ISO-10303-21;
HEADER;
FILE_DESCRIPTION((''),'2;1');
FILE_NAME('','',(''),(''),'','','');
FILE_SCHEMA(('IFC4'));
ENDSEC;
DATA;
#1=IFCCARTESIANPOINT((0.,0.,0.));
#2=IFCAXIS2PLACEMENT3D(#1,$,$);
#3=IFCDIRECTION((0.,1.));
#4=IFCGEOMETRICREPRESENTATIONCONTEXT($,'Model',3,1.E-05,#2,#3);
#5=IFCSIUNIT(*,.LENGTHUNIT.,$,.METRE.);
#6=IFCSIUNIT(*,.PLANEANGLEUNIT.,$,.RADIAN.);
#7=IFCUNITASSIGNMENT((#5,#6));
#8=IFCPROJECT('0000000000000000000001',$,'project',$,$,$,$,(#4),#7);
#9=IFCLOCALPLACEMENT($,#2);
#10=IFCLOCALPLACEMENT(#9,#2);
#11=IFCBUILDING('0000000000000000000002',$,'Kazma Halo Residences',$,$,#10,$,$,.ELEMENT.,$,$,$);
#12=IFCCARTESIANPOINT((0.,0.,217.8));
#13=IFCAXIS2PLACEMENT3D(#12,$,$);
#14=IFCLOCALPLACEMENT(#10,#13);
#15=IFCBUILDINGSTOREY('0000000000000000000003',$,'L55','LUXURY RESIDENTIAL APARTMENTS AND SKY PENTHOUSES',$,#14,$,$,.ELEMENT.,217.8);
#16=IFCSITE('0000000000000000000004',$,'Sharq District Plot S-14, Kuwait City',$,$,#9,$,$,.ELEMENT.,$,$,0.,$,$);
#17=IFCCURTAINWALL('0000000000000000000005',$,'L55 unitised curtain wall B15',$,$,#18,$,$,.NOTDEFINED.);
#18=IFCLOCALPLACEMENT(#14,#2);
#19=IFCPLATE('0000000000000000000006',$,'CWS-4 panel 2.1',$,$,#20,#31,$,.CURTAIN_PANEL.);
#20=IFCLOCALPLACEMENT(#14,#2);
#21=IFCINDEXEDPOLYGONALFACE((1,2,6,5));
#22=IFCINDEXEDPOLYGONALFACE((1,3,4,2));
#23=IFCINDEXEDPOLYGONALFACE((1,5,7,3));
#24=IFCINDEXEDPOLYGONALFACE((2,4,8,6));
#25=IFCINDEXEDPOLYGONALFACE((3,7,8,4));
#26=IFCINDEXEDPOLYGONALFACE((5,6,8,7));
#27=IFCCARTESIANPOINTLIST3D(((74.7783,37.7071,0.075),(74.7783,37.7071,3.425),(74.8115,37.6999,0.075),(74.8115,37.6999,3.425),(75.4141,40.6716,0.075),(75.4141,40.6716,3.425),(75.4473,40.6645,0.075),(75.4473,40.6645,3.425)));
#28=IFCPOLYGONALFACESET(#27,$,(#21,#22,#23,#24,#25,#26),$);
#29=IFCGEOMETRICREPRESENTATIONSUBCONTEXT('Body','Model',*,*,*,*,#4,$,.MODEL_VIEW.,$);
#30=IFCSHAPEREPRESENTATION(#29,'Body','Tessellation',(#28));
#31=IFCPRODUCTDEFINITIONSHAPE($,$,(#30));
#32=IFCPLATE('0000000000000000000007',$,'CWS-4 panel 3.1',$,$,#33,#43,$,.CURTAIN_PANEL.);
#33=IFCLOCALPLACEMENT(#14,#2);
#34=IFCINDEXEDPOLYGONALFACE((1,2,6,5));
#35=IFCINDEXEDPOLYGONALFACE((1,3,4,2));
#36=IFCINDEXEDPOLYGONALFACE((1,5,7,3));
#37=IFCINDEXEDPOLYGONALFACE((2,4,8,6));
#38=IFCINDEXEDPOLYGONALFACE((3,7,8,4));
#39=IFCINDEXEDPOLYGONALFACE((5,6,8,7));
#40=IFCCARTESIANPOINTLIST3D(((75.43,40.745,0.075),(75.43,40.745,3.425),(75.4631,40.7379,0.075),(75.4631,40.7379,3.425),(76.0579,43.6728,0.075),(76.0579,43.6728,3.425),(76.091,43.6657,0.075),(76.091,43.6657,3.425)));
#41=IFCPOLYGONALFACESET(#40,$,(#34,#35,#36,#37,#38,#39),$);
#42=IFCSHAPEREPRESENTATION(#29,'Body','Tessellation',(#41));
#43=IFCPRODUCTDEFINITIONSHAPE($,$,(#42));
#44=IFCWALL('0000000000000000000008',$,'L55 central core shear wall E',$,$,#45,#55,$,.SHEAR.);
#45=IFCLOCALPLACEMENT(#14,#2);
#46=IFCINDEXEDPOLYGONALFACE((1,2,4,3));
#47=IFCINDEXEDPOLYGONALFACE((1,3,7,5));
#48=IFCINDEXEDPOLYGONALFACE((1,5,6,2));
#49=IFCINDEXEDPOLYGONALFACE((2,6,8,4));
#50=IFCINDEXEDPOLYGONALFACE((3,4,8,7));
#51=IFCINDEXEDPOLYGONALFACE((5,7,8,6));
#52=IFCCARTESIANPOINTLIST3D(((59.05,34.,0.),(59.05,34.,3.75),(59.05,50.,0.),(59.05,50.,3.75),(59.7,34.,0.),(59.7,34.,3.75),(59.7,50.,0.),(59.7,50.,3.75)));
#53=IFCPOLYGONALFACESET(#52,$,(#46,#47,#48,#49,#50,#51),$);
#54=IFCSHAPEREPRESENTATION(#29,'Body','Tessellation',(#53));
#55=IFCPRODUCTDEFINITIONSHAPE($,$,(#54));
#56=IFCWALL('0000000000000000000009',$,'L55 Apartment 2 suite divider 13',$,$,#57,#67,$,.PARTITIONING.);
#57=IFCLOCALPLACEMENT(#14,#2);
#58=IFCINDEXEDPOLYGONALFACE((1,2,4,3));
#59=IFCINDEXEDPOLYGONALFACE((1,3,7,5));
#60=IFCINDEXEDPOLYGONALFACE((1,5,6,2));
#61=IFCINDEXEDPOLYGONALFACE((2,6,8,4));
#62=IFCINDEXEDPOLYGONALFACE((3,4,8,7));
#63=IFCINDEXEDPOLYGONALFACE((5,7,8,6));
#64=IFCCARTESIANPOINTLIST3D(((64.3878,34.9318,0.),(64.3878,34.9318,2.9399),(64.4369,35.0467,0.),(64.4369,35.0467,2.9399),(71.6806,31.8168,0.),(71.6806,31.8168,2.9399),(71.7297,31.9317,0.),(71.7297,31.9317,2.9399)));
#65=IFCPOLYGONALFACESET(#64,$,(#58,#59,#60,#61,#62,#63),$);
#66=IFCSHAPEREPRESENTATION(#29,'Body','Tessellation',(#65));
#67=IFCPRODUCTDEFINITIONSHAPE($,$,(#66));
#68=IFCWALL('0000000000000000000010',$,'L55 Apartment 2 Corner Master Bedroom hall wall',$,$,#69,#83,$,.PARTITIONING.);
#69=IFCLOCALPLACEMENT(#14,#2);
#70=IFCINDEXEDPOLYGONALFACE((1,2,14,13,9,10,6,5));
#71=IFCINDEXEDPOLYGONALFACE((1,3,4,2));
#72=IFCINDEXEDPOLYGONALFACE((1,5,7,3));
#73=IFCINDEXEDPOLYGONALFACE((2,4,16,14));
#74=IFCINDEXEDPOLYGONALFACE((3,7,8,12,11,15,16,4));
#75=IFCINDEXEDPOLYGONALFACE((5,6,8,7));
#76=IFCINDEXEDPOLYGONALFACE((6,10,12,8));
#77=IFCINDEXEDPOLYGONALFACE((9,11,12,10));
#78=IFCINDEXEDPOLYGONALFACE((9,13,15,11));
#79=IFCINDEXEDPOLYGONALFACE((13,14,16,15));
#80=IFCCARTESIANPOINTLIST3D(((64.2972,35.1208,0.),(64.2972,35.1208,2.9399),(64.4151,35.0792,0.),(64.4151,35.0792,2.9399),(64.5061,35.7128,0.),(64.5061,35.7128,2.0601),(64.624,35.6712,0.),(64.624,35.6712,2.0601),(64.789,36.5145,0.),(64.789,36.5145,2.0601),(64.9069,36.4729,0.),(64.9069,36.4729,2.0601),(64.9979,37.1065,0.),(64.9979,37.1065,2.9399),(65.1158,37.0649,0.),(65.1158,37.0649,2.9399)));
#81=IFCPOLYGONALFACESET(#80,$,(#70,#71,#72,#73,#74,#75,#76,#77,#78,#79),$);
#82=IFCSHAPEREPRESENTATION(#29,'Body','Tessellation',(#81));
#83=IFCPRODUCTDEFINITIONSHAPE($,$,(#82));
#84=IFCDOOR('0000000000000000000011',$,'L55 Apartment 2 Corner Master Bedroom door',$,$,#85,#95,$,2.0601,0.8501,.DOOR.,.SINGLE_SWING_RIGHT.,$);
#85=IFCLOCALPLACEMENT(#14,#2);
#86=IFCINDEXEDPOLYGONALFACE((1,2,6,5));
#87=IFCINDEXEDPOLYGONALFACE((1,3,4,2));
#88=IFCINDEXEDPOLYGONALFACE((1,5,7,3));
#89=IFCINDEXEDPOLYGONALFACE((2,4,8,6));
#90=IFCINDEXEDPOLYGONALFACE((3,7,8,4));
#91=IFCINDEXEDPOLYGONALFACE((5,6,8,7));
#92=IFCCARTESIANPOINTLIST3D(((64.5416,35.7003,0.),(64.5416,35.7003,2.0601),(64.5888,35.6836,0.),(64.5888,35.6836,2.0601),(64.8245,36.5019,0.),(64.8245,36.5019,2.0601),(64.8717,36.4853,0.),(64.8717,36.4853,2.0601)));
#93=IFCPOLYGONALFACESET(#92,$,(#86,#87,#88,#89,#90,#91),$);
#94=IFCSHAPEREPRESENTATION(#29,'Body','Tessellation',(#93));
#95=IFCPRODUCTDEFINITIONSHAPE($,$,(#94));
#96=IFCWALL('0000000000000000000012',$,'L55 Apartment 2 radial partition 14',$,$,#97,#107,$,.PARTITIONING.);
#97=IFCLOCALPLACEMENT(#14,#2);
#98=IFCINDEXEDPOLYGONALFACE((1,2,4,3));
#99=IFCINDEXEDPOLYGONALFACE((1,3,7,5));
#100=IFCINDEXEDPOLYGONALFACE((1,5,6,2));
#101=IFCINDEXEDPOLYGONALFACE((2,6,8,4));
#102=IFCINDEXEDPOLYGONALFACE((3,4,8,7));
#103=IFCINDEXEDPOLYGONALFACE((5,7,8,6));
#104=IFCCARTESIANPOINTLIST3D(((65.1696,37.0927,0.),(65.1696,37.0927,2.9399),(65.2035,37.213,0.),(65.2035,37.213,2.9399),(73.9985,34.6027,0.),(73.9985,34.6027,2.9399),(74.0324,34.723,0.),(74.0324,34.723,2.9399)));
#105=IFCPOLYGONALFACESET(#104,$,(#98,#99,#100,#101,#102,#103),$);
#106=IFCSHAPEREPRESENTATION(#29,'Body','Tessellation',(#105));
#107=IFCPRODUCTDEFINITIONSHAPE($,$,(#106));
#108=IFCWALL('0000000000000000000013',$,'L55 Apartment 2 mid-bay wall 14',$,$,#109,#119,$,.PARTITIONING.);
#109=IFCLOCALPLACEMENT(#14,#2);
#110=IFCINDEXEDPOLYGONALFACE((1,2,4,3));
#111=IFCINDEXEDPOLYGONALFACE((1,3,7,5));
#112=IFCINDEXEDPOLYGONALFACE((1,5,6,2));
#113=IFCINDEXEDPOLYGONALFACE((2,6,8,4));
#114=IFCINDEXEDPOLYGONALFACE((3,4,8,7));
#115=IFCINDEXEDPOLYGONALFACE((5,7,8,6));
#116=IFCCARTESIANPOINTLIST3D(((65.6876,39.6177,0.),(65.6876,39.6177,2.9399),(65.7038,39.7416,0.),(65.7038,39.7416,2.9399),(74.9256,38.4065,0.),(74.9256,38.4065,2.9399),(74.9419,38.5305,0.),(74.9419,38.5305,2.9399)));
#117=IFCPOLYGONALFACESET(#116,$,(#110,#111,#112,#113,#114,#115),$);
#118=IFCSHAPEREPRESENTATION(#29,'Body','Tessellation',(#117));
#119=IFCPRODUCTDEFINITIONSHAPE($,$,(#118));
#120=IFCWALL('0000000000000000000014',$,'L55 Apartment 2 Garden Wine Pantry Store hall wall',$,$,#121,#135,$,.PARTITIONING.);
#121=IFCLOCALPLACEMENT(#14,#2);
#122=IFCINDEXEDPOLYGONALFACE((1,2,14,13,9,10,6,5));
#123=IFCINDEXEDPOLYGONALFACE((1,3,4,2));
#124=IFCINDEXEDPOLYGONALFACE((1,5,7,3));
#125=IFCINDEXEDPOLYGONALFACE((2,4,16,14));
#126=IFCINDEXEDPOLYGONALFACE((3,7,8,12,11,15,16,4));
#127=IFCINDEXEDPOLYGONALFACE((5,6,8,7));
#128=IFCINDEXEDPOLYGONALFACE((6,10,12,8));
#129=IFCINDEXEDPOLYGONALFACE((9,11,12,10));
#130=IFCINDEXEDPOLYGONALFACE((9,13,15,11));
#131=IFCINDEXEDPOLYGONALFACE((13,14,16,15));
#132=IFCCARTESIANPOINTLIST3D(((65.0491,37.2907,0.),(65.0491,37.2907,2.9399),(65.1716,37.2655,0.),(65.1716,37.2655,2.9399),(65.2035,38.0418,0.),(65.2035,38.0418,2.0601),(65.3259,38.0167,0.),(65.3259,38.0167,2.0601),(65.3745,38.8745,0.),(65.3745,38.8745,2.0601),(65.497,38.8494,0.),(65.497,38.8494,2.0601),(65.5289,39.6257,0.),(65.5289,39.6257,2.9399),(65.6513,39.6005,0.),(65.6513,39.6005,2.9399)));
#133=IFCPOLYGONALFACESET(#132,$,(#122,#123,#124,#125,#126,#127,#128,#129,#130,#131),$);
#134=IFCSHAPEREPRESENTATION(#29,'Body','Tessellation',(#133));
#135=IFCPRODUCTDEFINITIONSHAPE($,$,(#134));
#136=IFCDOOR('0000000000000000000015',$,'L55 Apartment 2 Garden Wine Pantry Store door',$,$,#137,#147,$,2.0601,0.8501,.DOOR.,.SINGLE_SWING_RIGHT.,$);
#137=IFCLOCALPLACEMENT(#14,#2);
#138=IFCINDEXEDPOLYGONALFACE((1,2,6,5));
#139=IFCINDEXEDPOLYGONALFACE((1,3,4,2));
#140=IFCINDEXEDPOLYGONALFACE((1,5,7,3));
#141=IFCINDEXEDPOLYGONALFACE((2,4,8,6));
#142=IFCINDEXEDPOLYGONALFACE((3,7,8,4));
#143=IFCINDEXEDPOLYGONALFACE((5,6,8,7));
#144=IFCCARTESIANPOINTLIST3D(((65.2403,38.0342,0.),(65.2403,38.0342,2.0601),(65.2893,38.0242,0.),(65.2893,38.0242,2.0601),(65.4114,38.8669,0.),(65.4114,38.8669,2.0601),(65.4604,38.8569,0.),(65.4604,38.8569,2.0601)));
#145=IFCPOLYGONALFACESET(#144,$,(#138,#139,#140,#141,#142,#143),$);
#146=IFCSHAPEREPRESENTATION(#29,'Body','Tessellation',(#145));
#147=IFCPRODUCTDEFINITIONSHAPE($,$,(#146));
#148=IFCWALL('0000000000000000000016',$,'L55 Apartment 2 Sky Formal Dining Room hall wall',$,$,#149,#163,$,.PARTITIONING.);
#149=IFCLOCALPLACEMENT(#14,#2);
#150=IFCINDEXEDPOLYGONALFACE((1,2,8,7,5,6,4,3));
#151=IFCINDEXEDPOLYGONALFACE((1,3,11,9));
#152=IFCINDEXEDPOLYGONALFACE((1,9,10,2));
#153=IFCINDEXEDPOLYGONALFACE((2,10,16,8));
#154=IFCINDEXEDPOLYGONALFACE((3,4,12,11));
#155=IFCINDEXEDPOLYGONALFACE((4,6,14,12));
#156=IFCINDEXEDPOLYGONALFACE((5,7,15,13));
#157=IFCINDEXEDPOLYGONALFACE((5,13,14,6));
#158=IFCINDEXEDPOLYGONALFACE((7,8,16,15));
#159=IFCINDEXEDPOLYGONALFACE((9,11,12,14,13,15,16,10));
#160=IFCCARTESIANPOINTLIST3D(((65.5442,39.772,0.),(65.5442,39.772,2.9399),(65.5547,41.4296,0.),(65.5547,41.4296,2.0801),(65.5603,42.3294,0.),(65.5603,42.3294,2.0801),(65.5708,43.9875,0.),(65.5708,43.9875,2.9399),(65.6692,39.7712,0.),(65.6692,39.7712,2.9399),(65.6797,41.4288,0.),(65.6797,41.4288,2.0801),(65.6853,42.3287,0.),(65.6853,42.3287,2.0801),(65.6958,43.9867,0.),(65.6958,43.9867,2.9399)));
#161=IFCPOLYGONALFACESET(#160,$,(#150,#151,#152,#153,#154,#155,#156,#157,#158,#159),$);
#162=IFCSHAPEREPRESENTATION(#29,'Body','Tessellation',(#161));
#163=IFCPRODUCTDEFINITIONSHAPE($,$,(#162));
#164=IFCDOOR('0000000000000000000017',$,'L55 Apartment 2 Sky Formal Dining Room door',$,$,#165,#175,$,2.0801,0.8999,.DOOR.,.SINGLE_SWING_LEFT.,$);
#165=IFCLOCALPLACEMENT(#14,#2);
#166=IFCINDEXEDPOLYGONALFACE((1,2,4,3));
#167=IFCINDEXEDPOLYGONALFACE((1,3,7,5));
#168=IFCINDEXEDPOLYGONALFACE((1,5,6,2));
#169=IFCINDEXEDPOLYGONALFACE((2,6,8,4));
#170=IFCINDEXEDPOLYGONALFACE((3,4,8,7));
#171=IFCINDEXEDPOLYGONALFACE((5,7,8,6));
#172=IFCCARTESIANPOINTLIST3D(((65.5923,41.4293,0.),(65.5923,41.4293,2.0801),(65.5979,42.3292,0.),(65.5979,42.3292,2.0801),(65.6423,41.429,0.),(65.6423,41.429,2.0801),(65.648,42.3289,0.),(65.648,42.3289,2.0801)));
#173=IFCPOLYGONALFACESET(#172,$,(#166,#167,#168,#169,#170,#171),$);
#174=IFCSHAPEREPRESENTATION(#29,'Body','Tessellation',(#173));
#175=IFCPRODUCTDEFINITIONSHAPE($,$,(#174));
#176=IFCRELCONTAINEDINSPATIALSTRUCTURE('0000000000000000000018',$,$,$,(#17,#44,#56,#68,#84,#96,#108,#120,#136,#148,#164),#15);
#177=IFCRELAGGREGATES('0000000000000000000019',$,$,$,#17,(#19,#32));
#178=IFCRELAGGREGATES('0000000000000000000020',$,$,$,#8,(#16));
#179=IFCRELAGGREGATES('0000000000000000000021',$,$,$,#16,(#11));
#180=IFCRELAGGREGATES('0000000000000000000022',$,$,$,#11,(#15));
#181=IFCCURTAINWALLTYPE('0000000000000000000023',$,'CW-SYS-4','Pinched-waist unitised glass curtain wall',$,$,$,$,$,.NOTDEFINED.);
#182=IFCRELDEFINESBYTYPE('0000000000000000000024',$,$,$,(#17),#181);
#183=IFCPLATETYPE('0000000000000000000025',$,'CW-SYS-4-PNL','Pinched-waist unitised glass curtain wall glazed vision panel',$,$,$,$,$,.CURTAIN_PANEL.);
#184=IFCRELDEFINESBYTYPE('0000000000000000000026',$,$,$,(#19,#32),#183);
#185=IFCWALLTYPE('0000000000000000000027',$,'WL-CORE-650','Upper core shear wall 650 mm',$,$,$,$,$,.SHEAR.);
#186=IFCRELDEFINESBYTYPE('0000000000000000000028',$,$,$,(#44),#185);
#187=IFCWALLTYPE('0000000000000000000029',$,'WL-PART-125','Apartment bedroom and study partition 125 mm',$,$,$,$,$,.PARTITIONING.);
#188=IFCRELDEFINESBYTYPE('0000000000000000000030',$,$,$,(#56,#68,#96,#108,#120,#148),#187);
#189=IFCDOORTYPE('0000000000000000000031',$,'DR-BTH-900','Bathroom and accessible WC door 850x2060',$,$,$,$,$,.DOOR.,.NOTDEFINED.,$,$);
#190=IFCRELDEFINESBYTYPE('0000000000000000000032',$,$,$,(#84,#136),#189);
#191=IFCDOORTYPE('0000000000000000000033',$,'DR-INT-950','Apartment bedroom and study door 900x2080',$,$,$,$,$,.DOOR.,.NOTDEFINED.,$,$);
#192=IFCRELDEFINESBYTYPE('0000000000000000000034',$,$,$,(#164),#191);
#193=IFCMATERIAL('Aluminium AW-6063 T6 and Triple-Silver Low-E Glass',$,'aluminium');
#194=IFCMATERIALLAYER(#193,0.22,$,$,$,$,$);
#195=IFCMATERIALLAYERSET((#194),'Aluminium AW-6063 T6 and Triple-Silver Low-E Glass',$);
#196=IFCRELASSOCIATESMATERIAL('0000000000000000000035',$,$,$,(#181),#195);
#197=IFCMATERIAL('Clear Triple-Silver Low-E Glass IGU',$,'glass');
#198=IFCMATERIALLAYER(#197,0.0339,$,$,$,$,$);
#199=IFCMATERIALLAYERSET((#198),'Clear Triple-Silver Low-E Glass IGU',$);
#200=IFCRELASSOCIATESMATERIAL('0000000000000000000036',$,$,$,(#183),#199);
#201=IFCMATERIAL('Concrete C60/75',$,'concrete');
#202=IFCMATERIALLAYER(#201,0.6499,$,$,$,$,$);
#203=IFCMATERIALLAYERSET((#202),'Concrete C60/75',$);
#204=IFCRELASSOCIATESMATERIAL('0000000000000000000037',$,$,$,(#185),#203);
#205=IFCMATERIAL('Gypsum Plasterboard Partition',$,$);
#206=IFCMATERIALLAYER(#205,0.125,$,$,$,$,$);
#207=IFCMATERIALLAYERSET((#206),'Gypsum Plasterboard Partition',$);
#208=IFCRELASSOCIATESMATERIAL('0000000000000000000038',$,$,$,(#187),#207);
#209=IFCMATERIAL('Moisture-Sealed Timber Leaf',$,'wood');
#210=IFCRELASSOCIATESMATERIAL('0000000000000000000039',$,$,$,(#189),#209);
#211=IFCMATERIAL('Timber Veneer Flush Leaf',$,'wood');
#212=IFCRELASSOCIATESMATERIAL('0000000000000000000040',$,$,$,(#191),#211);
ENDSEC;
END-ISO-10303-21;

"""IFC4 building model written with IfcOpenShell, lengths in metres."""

from ifc_helpers import new_model, si_unit, direction, frame, frame_2d, origin, origin_2d, place, context, subcontext, project, spatial, rectangle, extrude, material, layer, layer_set, type_object, element, fill, aggregate, save


model = new_model("IFC4")

# Units and contexts
model_context = context("Model", 3, precision=1e-05, world=origin(), true_north=direction((0.0, 1.0)))
body_context = subcontext(model_context, "Body", "Model", "MODEL_VIEW")
ifc_project = project(units=[si_unit("LENGTHUNIT", "METRE"), si_unit("PLANEANGLEUNIT", "RADIAN")], contexts=[model_context])

# Site, building, storey
site_placement = place(None, origin())
site = spatial("IfcSite", under=ifc_project, at=site_placement, Name="Sharq District Plot S-14, Kuwait City", CompositionType="ELEMENT", RefElevation=0.0)
building_placement = place(site_placement, origin())
building = spatial("IfcBuilding", under=site, at=building_placement, Name="Kazma Halo Residences", CompositionType="ELEMENT")
storey_placement = place(building_placement, frame((0.0, 0.0, 217.8)))
storey = spatial("IfcBuildingStorey", under=building, at=storey_placement, Name="L55", Description="LUXURY RESIDENTIAL APARTMENTS AND SKY PENTHOUSES", CompositionType="ELEMENT", Elevation=217.8)

# Curtain wall, plates
ifc_material_1 = material(Name="Aluminium AW-6063 T6 and Triple-Silver Low-E Glass", Category="aluminium")
ifc_layer_1 = layer(ifc_material_1, 0.22)
ifc_layer_set_1 = layer_set([ifc_layer_1], Name="Aluminium AW-6063 T6 and Triple-Silver Low-E Glass")
curtain_wall_type = type_object("IfcCurtainWallType", Name="CW-SYS-4", Description="Pinched-waist unitised glass curtain wall", PredefinedType="NOTDEFINED", material=ifc_layer_set_1)
curtain_wall_placement = place(storey_placement, origin())
curtain_wall = element("IfcCurtainWall", 1, at=curtain_wall_placement, inside=storey, type_object=curtain_wall_type, Name="L55 unitised curtain wall B15", PredefinedType="NOTDEFINED")
ifc_material_2 = material(Name="Clear Triple-Silver Low-E Glass IGU", Category="glass")
ifc_layer_2 = layer(ifc_material_2, 0.0339)
ifc_layer_set_2 = layer_set([ifc_layer_2], Name="Clear Triple-Silver Low-E Glass IGU")
plate_type = type_object("IfcPlateType", Name="CW-SYS-4-PNL", Description="Pinched-waist unitised glass curtain wall glazed vision panel", PredefinedType="CURTAIN_PANEL", material=ifc_layer_set_2)
plate_1_placement = place(storey_placement, frame((75.1128, 39.1858, 0.075), z_axis=(0.0, 0.0, 1.0), x_axis=(0.20969, 0.977768, 0.0)))
plate_1 = element("IfcPlate", 2, at=plate_1_placement, type_object=plate_type, Name="CWS-4 panel 2.1", PredefinedType="CURTAIN_PANEL", context=body_context, shape_type="SweptSolid", body=[
    extrude(rectangle(XDim=3.032, YDim=0.0339, at=origin_2d()), origin(), (0.0, 0.0, 1.0), 3.3501),
])
plate_2_placement = place(storey_placement, frame((75.7605, 42.2053, 0.075), z_axis=(0.0, 0.0, 1.0), x_axis=(0.20969, 0.977768, 0.0)))
plate_2 = element("IfcPlate", 3, at=plate_2_placement, type_object=plate_type, Name="CWS-4 panel 3.1", PredefinedType="CURTAIN_PANEL", context=body_context, shape_type="SweptSolid", body=[
    extrude(rectangle(XDim=2.9944, YDim=0.0339, at=origin_2d()), origin(), (0.0, 0.0, 1.0), 3.3501),
])
aggregate(curtain_wall, [plate_1, plate_2])

# Walls
ifc_material_3 = material(Name="Concrete C60/75", Category="concrete")
ifc_layer_3 = layer(ifc_material_3, 0.6499)
ifc_layer_set_3 = layer_set([ifc_layer_3], Name="Concrete C60/75")
wall_type_1 = type_object("IfcWallType", Name="WL-CORE-650", Description="Upper core shear wall 650 mm", PredefinedType="SHEAR", material=ifc_layer_set_3)
wall_1_placement = place(storey_placement, frame((59.375, 34.0, 0.0), z_axis=(0.0, 0.0, 1.0), x_axis=(0.0, 1.0, 0.0)))
element("IfcWall", 4, at=wall_1_placement, inside=storey, type_object=wall_type_1, Name="L55 central core shear wall E", PredefinedType="SHEAR", context=body_context, shape_type="SweptSolid", body=[
    extrude(rectangle(XDim=16.0, YDim=0.6499, at=frame_2d((8.0, 0.0))), origin(), (0.0, 0.0, 1.0), 3.75),
])
ifc_material_4 = material(Name="Gypsum Plasterboard Partition")
ifc_layer_4 = layer(ifc_material_4, 0.125)
ifc_layer_set_4 = layer_set([ifc_layer_4], Name="Gypsum Plasterboard Partition")
wall_type_2 = type_object("IfcWallType", Name="WL-PART-125", Description="Apartment bedroom and study partition 125 mm", PredefinedType="PARTITIONING", material=ifc_layer_set_4)
wall_2_placement = place(storey_placement, frame((64.4124, 34.9893, 0.0), z_axis=(0.0, 0.0, 1.0), x_axis=(0.919622, -0.392804, 0.0)))
element("IfcWall", 5, at=wall_2_placement, inside=storey, type_object=wall_type_2, Name="L55 Apartment 2 suite divider 13", PredefinedType="PARTITIONING", context=body_context, shape_type="SweptSolid", body=[
    extrude(rectangle(XDim=7.9302, YDim=0.125, at=frame_2d((3.9651, 0.0))), origin(), (0.0, 0.0, 1.0), 2.9399),
])

# Wall, opening, door
wall_3_placement = place(storey_placement, frame((64.3562, 35.1001, 0.0), z_axis=(0.0, 0.0, 1.0), x_axis=(0.332772, 0.943007, 0.0)))
wall_3 = element("IfcWall", 6, at=wall_3_placement, inside=storey, type_object=wall_type_2, Name="L55 Apartment 2 Corner Master Bedroom hall wall", PredefinedType="PARTITIONING", context=body_context, shape_type="SweptSolid", body=[
    extrude(rectangle(XDim=2.1057, YDim=0.125, at=frame_2d((1.0527, 0.0))), origin(), (0.0, 0.0, 1.0), 2.9399),
])
opening_1_placement = place(wall_3_placement, frame((0.6277, 0.0, 0.0)))
opening_1 = element("IfcOpeningElement", 7, at=opening_1_placement, cuts=wall_3, PredefinedType="OPENING", context=body_context, shape_type="SweptSolid", body=[
    extrude(rectangle(XDim=0.8501, YDim=2.0601, at=frame_2d((0.425, 1.03))), frame((0.0, 0.0725, 0.0), z_axis=(0.0, -1.0, 0.0), x_axis=(1.0, 0.0, 0.0)), (0.0, 0.0, 1.0), 0.145),
])
ifc_material_5 = material(Name="Moisture-Sealed Timber Leaf", Category="wood")
door_type_1 = type_object("IfcDoorType", Name="DR-BTH-900", Description="Bathroom and accessible WC door 850x2060", OperationType="NOTDEFINED", PredefinedType="DOOR", material=ifc_material_5)
door_1_placement = place(opening_1_placement, origin())
door_1 = element("IfcDoor", 8, at=door_1_placement, inside=storey, type_object=door_type_1, Name="L55 Apartment 2 Corner Master Bedroom door", OperationType="SINGLE_SWING_RIGHT", OverallHeight=2.0601, OverallWidth=0.8501, PredefinedType="DOOR", context=body_context, shape_type="SweptSolid", body=[
    extrude(rectangle(XDim=0.8501, YDim=2.0601, at=frame_2d((0.425, 1.03))), frame((0.0, 0.0249, 0.0), z_axis=(0.0, -1.0, 0.0), x_axis=(1.0, 0.0, 0.0)), (0.0, 0.0, 1.0), 0.05),
])
fill(opening_1, door_1)

# Walls
wall_4_placement = place(storey_placement, frame((65.1865, 37.1528, 0.0), z_axis=(0.0, 0.0, 1.0), x_axis=(0.962455, -0.27144, 0.0)))
element("IfcWall", 9, at=wall_4_placement, inside=storey, type_object=wall_type_2, Name="L55 Apartment 2 radial partition 14", PredefinedType="PARTITIONING", context=body_context, shape_type="SweptSolid", body=[
    extrude(rectangle(XDim=9.1733, YDim=0.125, at=frame_2d((4.5867, 0.0))), origin(), (0.0, 0.0, 1.0), 2.9399),
])
wall_5_placement = place(storey_placement, frame((65.6956, 39.6797, 0.0), z_axis=(0.0, 0.0, 1.0), x_axis=(0.991515, -0.129996, 0.0)))
element("IfcWall", 10, at=wall_5_placement, inside=storey, type_object=wall_type_2, Name="L55 Apartment 2 mid-bay wall 14", PredefinedType="PARTITIONING", context=body_context, shape_type="SweptSolid", body=[
    extrude(rectangle(XDim=9.3171, YDim=0.125, at=frame_2d((4.6587, 0.0))), origin(), (0.0, 0.0, 1.0), 2.9399),
])

# Walls, openings, doors
wall_6_placement = place(storey_placement, frame((65.1104, 37.2781, 0.0), z_axis=(0.0, 0.0, 1.0), x_axis=(0.201254, 0.979539, 0.0)))
wall_6 = element("IfcWall", 11, at=wall_6_placement, inside=storey, type_object=wall_type_2, Name="L55 Apartment 2 Garden Wine Pantry Store hall wall", PredefinedType="PARTITIONING", context=body_context, shape_type="SweptSolid", body=[
    extrude(rectangle(XDim=2.3838, YDim=0.125, at=frame_2d((1.1919, 0.0))), origin(), (0.0, 0.0, 1.0), 2.9399),
])
opening_2_placement = place(wall_6_placement, frame((0.7668, 0.0, 0.0)))
opening_2 = element("IfcOpeningElement", 12, at=opening_2_placement, cuts=wall_6, PredefinedType="OPENING", context=body_context, shape_type="SweptSolid", body=[
    extrude(rectangle(XDim=0.8501, YDim=2.0601, at=frame_2d((0.425, 1.03))), frame((0.0, 0.0725, 0.0), z_axis=(0.0, -1.0, 0.0), x_axis=(1.0, 0.0, 0.0)), (0.0, 0.0, 1.0), 0.145),
])
door_2_placement = place(opening_2_placement, origin())
door_2 = element("IfcDoor", 13, at=door_2_placement, inside=storey, type_object=door_type_1, Name="L55 Apartment 2 Garden Wine Pantry Store door", OperationType="SINGLE_SWING_RIGHT", OverallHeight=2.0601, OverallWidth=0.8501, PredefinedType="DOOR", context=body_context, shape_type="SweptSolid", body=[
    extrude(rectangle(XDim=0.8501, YDim=2.0601, at=frame_2d((0.425, 1.03))), frame((0.0, 0.0249, 0.0), z_axis=(0.0, -1.0, 0.0), x_axis=(1.0, 0.0, 0.0)), (0.0, 0.0, 1.0), 0.05),
])
fill(opening_2, door_2)
wall_7_placement = place(storey_placement, frame((65.6067, 39.7715, 0.0), z_axis=(0.0, 0.0, 1.0), x_axis=(0.006312, 0.99998, 0.0)))
wall_7 = element("IfcWall", 14, at=wall_7_placement, inside=storey, type_object=wall_type_2, Name="L55 Apartment 2 Sky Formal Dining Room hall wall", PredefinedType="PARTITIONING", context=body_context, shape_type="SweptSolid", body=[
    extrude(rectangle(XDim=4.2156, YDim=0.125, at=frame_2d((2.1079, 0.0))), origin(), (0.0, 0.0, 1.0), 2.9399),
])
opening_3_placement = place(wall_7_placement, frame((1.6577, 0.0, 0.0)))
opening_3 = element("IfcOpeningElement", 15, at=opening_3_placement, cuts=wall_7, PredefinedType="OPENING", context=body_context, shape_type="SweptSolid", body=[
    extrude(rectangle(XDim=0.8999, YDim=2.0801, at=frame_2d((0.45, 1.04))), frame((0.0, 0.0725, 0.0), z_axis=(0.0, -1.0, 0.0), x_axis=(1.0, 0.0, 0.0)), (0.0, 0.0, 1.0), 0.145),
])
ifc_material_6 = material(Name="Timber Veneer Flush Leaf", Category="wood")
door_type_2 = type_object("IfcDoorType", Name="DR-INT-950", Description="Apartment bedroom and study door 900x2080", OperationType="NOTDEFINED", PredefinedType="DOOR", material=ifc_material_6)
door_3_placement = place(opening_3_placement, origin())
door_3 = element("IfcDoor", 16, at=door_3_placement, inside=storey, type_object=door_type_2, Name="L55 Apartment 2 Sky Formal Dining Room door", OperationType="SINGLE_SWING_LEFT", OverallHeight=2.0801, OverallWidth=0.8999, PredefinedType="DOOR", context=body_context, shape_type="SweptSolid", body=[
    extrude(rectangle(XDim=0.8999, YDim=2.0801, at=frame_2d((0.45, 1.04))), frame((0.0, 0.0249, 0.0), z_axis=(0.0, -1.0, 0.0), x_axis=(1.0, 0.0, 0.0)), (0.0, 0.0, 1.0), 0.05),
])
fill(opening_3, door_3)

save(model, "model.ifc")
